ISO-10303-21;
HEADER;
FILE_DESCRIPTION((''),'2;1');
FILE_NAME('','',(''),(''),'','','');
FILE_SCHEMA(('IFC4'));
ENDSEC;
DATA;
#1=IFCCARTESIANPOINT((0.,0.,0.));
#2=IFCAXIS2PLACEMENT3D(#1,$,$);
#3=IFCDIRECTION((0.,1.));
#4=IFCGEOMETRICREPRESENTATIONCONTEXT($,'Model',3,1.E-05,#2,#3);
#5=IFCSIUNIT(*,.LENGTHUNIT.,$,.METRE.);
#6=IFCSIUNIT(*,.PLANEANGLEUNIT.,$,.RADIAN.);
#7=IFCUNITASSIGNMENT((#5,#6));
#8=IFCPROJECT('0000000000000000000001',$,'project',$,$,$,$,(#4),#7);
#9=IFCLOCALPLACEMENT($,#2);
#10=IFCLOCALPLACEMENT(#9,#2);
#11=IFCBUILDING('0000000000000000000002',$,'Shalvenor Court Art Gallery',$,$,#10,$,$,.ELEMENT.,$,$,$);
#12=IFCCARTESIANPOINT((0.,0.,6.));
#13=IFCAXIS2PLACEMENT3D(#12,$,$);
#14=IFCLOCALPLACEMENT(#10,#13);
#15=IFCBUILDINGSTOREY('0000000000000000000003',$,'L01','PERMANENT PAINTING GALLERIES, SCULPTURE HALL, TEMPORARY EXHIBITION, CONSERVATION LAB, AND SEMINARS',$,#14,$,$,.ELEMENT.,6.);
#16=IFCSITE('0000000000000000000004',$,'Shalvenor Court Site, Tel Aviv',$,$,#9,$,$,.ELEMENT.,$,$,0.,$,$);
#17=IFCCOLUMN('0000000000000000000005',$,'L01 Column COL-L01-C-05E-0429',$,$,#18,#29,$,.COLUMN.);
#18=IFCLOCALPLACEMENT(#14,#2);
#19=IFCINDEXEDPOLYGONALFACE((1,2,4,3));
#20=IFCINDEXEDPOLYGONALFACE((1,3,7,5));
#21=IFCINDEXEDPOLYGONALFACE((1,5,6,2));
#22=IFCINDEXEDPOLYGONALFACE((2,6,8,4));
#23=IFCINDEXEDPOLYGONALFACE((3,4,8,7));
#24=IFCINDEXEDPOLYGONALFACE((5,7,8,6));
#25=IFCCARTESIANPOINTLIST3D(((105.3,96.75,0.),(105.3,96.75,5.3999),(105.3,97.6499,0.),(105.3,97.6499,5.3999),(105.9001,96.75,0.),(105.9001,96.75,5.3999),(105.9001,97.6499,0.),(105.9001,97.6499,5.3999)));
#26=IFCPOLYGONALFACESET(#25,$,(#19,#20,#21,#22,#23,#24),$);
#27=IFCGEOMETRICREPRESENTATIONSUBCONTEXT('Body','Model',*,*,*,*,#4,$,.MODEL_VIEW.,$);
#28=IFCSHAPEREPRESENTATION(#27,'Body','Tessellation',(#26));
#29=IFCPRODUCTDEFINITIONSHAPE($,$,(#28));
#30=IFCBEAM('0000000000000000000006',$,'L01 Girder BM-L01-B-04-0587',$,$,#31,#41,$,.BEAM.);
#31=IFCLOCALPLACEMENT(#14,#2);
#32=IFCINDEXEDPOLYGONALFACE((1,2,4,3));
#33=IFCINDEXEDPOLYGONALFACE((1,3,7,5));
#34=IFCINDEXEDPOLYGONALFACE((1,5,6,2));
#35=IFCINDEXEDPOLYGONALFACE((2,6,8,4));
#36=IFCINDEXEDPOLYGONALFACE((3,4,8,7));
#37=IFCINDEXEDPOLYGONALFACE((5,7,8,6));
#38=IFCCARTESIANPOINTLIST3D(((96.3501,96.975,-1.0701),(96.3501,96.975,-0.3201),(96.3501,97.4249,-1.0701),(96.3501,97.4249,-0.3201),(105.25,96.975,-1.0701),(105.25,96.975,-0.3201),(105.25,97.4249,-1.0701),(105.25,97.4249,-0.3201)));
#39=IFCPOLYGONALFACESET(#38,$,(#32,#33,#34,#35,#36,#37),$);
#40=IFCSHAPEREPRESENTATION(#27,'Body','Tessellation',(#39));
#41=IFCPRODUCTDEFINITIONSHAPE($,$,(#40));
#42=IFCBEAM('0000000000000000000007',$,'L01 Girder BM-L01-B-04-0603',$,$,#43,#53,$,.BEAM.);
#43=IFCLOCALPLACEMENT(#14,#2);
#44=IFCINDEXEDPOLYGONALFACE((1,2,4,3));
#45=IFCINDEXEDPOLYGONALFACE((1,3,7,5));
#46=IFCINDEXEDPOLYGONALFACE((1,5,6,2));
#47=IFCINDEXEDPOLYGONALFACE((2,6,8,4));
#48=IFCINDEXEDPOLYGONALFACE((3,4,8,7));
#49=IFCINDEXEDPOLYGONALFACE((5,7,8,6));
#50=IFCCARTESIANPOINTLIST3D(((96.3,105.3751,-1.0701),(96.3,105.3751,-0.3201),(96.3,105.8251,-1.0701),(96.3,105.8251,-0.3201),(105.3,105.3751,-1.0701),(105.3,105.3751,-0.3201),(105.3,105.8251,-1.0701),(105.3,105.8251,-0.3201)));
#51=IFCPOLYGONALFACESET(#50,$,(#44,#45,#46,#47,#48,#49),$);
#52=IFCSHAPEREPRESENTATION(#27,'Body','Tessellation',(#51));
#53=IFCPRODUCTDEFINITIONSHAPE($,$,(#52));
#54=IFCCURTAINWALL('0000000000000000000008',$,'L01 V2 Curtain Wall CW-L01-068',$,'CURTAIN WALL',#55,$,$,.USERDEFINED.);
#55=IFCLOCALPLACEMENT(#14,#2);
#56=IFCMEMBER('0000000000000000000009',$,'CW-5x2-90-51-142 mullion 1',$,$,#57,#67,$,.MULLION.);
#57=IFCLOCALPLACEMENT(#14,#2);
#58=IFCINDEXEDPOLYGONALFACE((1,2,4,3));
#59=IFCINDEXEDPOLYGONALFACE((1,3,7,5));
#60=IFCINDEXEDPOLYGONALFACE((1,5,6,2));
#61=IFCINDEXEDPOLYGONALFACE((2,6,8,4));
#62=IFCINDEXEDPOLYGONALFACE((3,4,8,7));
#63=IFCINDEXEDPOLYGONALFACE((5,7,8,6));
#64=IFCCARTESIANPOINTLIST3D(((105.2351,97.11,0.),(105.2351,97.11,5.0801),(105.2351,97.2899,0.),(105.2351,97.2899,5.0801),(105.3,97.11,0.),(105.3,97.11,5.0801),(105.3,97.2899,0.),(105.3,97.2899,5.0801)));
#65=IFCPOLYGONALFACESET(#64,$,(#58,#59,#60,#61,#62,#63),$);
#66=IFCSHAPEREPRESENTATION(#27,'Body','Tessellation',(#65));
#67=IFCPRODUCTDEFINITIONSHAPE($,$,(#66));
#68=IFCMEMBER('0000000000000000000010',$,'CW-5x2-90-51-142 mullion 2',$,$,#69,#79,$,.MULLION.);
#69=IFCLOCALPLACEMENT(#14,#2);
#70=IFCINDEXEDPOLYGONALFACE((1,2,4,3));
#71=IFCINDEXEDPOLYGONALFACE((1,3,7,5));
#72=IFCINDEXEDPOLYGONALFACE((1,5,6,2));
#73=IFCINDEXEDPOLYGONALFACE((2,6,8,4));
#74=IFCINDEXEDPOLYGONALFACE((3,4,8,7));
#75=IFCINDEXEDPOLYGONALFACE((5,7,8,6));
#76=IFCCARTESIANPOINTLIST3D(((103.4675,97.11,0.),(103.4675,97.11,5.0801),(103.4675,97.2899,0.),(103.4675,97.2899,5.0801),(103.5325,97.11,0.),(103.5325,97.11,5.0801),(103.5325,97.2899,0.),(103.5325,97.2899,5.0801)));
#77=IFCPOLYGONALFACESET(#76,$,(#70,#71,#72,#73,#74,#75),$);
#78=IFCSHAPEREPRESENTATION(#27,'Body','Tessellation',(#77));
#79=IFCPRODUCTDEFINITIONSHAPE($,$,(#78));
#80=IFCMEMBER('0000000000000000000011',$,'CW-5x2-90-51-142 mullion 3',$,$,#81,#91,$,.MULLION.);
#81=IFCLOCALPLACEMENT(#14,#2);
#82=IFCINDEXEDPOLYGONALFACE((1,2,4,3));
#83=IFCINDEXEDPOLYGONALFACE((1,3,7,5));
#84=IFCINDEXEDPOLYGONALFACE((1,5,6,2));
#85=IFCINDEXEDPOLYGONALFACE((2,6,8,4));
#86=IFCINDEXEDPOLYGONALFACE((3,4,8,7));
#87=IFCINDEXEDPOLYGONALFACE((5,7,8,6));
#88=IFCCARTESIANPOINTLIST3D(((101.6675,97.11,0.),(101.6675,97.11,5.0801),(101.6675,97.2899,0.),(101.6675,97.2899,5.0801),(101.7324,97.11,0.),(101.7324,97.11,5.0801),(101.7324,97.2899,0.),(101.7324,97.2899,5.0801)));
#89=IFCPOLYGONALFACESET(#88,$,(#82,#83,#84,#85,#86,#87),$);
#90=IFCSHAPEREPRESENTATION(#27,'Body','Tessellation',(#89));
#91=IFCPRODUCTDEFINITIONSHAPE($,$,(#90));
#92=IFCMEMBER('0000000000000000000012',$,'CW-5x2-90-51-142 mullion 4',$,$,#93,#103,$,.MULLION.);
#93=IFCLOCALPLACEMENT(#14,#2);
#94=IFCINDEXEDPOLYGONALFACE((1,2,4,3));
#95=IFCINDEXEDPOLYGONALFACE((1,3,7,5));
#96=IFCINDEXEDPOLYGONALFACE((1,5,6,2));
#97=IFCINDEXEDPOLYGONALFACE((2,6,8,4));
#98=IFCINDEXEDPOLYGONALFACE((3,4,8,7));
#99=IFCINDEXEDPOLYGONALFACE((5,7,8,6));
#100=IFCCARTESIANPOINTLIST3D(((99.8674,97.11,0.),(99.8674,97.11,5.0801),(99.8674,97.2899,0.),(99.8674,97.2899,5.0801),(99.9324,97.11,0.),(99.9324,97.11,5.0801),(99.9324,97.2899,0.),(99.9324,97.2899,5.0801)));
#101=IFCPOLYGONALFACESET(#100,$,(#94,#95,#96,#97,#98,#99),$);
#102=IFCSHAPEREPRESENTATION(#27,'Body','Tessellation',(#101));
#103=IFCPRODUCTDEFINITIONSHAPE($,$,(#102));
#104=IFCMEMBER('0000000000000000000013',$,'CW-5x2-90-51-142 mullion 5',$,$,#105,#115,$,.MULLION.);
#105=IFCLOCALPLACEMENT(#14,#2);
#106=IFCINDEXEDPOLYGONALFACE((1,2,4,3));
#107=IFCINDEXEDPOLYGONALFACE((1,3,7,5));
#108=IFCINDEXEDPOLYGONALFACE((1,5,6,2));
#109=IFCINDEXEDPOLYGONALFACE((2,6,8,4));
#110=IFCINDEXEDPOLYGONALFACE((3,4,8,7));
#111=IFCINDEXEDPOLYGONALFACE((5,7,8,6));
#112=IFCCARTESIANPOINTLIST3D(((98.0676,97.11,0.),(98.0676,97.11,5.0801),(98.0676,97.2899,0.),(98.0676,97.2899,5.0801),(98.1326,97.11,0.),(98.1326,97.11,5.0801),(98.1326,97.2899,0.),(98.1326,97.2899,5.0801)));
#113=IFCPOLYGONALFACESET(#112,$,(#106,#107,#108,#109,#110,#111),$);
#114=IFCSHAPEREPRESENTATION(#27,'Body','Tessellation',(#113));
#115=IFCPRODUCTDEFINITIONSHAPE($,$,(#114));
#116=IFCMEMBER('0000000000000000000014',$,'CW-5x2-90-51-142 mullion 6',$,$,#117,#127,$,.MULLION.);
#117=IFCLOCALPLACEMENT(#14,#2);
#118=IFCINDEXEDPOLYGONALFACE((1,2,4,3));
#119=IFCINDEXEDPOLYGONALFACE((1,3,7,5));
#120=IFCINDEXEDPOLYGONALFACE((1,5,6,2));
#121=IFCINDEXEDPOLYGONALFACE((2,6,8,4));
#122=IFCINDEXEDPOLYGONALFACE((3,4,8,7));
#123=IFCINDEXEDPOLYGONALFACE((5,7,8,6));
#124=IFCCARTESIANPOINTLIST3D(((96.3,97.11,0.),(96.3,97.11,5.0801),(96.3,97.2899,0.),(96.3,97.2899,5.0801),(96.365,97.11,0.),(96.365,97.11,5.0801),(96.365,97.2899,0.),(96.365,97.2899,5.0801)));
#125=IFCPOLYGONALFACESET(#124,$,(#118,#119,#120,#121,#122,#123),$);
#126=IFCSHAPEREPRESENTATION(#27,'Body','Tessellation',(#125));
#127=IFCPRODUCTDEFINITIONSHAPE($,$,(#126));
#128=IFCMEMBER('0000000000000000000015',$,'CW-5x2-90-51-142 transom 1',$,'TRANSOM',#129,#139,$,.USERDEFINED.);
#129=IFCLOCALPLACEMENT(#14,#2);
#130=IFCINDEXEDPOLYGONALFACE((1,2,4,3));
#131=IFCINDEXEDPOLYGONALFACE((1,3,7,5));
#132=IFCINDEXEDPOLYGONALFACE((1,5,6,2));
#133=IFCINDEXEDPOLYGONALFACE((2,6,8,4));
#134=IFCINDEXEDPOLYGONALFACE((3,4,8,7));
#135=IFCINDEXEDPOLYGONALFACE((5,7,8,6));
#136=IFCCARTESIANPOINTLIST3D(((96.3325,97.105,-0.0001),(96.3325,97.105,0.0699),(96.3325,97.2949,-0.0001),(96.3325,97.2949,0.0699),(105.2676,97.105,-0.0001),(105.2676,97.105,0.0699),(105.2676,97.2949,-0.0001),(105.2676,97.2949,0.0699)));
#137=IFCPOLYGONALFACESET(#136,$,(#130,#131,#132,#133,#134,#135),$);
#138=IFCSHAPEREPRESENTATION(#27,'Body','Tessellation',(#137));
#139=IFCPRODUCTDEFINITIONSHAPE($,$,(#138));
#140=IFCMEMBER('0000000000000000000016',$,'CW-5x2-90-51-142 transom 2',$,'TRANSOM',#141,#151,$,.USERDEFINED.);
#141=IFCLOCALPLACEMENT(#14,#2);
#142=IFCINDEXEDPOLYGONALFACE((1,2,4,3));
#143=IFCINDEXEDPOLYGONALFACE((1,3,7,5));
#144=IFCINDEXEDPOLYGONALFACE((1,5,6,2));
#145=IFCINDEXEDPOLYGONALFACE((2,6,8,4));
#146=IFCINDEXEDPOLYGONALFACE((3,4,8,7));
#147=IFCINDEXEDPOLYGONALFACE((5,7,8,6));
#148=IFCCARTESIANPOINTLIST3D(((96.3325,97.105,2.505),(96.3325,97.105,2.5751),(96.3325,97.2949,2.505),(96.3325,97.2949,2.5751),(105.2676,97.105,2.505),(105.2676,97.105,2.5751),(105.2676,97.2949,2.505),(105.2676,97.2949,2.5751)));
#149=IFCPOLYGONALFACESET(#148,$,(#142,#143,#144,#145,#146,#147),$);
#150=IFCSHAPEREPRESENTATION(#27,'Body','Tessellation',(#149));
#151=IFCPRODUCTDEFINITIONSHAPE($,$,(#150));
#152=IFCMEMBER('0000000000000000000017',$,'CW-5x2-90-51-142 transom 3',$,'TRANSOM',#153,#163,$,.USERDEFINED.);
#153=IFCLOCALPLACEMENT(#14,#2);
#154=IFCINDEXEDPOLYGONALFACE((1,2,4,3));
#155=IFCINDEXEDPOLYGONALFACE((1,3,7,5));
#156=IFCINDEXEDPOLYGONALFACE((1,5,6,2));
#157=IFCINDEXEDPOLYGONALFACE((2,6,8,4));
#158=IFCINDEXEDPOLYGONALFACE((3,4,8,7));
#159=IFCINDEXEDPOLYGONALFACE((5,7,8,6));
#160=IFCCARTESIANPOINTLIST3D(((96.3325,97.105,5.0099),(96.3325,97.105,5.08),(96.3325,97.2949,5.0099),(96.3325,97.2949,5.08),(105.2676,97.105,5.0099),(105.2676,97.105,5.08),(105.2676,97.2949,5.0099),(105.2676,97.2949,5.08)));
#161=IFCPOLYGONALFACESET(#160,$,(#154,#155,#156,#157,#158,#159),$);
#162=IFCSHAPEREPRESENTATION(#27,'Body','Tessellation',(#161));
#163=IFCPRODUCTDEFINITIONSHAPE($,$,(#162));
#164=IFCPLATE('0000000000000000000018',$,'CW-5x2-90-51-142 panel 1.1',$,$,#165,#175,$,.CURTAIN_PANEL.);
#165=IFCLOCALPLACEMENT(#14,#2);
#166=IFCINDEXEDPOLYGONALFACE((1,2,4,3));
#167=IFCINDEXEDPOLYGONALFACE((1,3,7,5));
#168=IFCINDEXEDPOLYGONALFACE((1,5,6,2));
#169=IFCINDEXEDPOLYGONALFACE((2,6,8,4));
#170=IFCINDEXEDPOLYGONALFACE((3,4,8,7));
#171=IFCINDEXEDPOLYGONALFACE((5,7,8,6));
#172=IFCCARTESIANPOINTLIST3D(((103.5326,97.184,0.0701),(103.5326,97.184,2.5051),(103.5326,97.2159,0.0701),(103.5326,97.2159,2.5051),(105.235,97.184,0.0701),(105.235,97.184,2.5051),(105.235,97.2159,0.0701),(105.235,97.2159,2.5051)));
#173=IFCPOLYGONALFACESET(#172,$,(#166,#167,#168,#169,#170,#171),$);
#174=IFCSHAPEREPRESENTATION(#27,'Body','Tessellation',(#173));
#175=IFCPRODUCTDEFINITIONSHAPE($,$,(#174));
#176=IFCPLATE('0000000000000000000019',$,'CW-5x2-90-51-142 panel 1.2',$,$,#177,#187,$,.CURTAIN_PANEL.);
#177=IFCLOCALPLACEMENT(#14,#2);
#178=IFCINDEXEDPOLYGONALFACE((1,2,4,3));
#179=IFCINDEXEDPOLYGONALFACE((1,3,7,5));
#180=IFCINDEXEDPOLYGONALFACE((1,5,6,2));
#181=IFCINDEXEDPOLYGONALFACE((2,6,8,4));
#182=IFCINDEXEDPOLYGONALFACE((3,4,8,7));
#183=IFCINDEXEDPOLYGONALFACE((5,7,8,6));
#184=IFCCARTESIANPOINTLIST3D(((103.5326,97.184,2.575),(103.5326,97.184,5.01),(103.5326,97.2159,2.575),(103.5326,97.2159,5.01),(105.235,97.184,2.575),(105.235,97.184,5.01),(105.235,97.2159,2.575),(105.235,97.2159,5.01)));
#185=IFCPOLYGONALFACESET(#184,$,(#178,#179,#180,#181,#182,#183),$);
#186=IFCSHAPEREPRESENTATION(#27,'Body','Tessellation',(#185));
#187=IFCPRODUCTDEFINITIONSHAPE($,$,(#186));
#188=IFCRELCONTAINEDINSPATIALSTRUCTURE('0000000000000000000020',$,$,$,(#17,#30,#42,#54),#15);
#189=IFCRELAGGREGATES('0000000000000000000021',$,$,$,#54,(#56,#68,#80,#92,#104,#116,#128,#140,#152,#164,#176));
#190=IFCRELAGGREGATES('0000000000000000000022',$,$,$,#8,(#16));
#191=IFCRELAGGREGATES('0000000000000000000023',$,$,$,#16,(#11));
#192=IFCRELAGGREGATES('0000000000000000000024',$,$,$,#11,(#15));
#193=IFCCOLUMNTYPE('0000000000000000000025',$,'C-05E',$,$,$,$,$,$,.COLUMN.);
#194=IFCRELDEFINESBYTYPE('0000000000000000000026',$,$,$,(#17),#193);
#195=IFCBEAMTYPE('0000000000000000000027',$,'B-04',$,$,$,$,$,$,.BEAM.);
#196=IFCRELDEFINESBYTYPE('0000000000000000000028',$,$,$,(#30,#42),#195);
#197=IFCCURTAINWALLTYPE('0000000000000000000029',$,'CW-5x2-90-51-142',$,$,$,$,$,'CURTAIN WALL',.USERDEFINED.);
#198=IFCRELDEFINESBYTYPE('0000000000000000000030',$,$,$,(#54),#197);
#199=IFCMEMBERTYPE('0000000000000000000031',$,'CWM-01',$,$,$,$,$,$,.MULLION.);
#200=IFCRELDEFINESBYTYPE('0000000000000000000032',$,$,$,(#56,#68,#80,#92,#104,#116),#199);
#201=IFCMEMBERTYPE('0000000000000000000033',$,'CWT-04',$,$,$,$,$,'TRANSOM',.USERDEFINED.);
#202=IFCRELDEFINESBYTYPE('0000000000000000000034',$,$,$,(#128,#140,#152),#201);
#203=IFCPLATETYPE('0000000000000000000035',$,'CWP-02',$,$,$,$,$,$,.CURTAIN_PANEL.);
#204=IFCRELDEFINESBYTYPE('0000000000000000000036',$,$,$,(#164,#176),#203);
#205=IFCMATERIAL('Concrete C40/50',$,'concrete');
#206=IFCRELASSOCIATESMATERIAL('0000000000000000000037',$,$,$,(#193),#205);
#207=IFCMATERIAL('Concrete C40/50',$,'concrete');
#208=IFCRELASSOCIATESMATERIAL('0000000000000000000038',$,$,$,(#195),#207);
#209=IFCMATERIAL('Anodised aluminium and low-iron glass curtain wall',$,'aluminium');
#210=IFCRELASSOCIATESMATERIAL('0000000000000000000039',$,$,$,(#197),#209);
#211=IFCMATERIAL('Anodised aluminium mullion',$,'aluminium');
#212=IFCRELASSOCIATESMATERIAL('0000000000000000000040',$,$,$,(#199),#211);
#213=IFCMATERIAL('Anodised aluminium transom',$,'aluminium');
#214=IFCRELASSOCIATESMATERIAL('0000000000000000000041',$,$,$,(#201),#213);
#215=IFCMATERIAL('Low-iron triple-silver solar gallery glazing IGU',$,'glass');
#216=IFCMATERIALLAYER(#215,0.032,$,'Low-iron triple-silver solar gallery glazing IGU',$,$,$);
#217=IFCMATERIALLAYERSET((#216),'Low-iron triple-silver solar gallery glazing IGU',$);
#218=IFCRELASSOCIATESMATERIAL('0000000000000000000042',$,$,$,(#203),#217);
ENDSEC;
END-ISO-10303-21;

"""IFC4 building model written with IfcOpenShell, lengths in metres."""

from ifc_helpers import new_model, si_unit, direction, frame, origin, origin_2d, place, context, subcontext, project, spatial, rectangle, extrude, material, layer, layer_set, material_profile, profile_set, type_object, element, aggregate, save


model = new_model("IFC4")

# Units and contexts
model_context = context("Model", 3, precision=1e-05, world=origin(), true_north=direction((0.0, 1.0)))
body_context = subcontext(model_context, "Body", "Model", "MODEL_VIEW")
ifc_project = project(units=[si_unit("LENGTHUNIT", "METRE"), si_unit("PLANEANGLEUNIT", "RADIAN")], contexts=[model_context])

# Site, building, storey
site_placement = place(None, origin())
site = spatial("IfcSite", under=ifc_project, at=site_placement, Name="Shalvenor Court Site, Tel Aviv", CompositionType="ELEMENT", RefElevation=0.0)
building_placement = place(site_placement, origin())
building = spatial("IfcBuilding", under=site, at=building_placement, Name="Shalvenor Court Art Gallery", CompositionType="ELEMENT")
storey_placement = place(building_placement, frame((0.0, 0.0, 6.0)))
storey = spatial("IfcBuildingStorey", under=building, at=storey_placement, Name="L01", Description="PERMANENT PAINTING GALLERIES, SCULPTURE HALL, TEMPORARY EXHIBITION, CONSERVATION LAB, AND SEMINARS", CompositionType="ELEMENT", Elevation=6.0)

# Column
ifc_material_1 = material(Name="Concrete C40/50", Category="concrete")
ifc_material_profile_1 = material_profile(ifc_material_1, rectangle(XDim=0.6001, YDim=0.8999, at=origin_2d()), Name="RC 600x900")
ifc_profile_set_1 = profile_set([ifc_material_profile_1], Name="Concrete C40/50")
column_type = type_object("IfcColumnType", Name="C-05E", PredefinedType="COLUMN", material=ifc_profile_set_1)
column_placement = place(storey_placement, frame((105.6001, 97.2, 0.0), z_axis=(0.0, 0.0, 1.0), x_axis=(1.0, 0.0, 0.0)))
element("IfcColumn", 1, at=column_placement, inside=storey, type_object=column_type, Name="L01 Column COL-L01-C-05E-0429", PredefinedType="COLUMN", context=body_context, shape_type="SweptSolid", body=[
    extrude(rectangle(XDim=0.6001, YDim=0.8999, at=origin_2d()), origin(), (0.0, 0.0, 1.0), 5.3999),
])

# Beams
ifc_material_2 = material(Name="Concrete C40/50", Category="concrete")
ifc_material_profile_2 = material_profile(ifc_material_2, rectangle(XDim=0.45, YDim=0.75, at=origin_2d()), Name="RC 450x750")
ifc_profile_set_2 = profile_set([ifc_material_profile_2], Name="Concrete C40/50")
beam_type = type_object("IfcBeamType", Name="B-04", PredefinedType="BEAM", material=ifc_profile_set_2)
beam_1_placement = place(storey_placement, frame((96.3501, 97.2, -0.6951), z_axis=(1.0, 0.0, 0.0), x_axis=(0.0, 1.0, 0.0)))
element("IfcBeam", 2, at=beam_1_placement, inside=storey, type_object=beam_type, Name="L01 Girder BM-L01-B-04-0587", PredefinedType="BEAM", context=body_context, shape_type="SweptSolid", body=[
    extrude(rectangle(XDim=0.45, YDim=0.75, at=origin_2d()), origin(), (0.0, 0.0, 1.0), 8.8999),
])
beam_2_placement = place(storey_placement, frame((96.3, 105.6001, -0.6951), z_axis=(1.0, 0.0, 0.0), x_axis=(0.0, 1.0, 0.0)))
element("IfcBeam", 3, at=beam_2_placement, inside=storey, type_object=beam_type, Name="L01 Girder BM-L01-B-04-0603", PredefinedType="BEAM", context=body_context, shape_type="SweptSolid", body=[
    extrude(rectangle(XDim=0.45, YDim=0.75, at=origin_2d()), origin(), (0.0, 0.0, 1.0), 9.0),
])

# Curtain wall, members, plates
ifc_material_3 = material(Name="Anodised aluminium and low-iron glass curtain wall", Category="aluminium")
curtain_wall_type = type_object("IfcCurtainWallType", Name="CW-5x2-90-51-142", ElementType="CURTAIN WALL", PredefinedType="USERDEFINED", material=ifc_material_3)
curtain_wall_placement = place(storey_placement, origin())
curtain_wall = element("IfcCurtainWall", 4, at=curtain_wall_placement, inside=storey, type_object=curtain_wall_type, Name="L01 V2 Curtain Wall CW-L01-068", ObjectType="CURTAIN WALL", PredefinedType="USERDEFINED")
ifc_material_4 = material(Name="Anodised aluminium mullion", Category="aluminium")
ifc_material_profile_3 = material_profile(ifc_material_4, rectangle(XDim=0.0649, YDim=0.1799, at=origin_2d()), Name="CWM-01")
ifc_profile_set_3 = profile_set([ifc_material_profile_3], Name="Anodised aluminium mullion")
member_type_1 = type_object("IfcMemberType", Name="CWM-01", PredefinedType="MULLION", material=ifc_profile_set_3)
member_1_placement = place(storey_placement, frame((105.2676, 97.2, 0.0), z_axis=(0.0, 0.0, 1.0), x_axis=(-1.0, 0.0, 0.0)))
member_1 = element("IfcMember", 5, at=member_1_placement, type_object=member_type_1, Name="CW-5x2-90-51-142 mullion 1", PredefinedType="MULLION", context=body_context, shape_type="SweptSolid", body=[
    extrude(rectangle(XDim=0.0649, YDim=0.1799, at=origin_2d()), origin(), (0.0, 0.0, 1.0), 5.0801),
])
member_2_placement = place(storey_placement, frame((103.5, 97.2, 0.0), z_axis=(0.0, 0.0, 1.0), x_axis=(-1.0, 0.0, 0.0)))
member_2 = element("IfcMember", 6, at=member_2_placement, type_object=member_type_1, Name="CW-5x2-90-51-142 mullion 2", PredefinedType="MULLION", context=body_context, shape_type="SweptSolid", body=[
    extrude(rectangle(XDim=0.0649, YDim=0.1799, at=origin_2d()), origin(), (0.0, 0.0, 1.0), 5.0801),
])
member_3_placement = place(storey_placement, frame((101.7, 97.2, 0.0), z_axis=(0.0, 0.0, 1.0), x_axis=(-1.0, 0.0, 0.0)))
member_3 = element("IfcMember", 7, at=member_3_placement, type_object=member_type_1, Name="CW-5x2-90-51-142 mullion 3", PredefinedType="MULLION", context=body_context, shape_type="SweptSolid", body=[
    extrude(rectangle(XDim=0.0649, YDim=0.1799, at=origin_2d()), origin(), (0.0, 0.0, 1.0), 5.0801),
])
member_4_placement = place(storey_placement, frame((99.8999, 97.2, 0.0), z_axis=(0.0, 0.0, 1.0), x_axis=(-1.0, 0.0, 0.0)))
member_4 = element("IfcMember", 8, at=member_4_placement, type_object=member_type_1, Name="CW-5x2-90-51-142 mullion 4", PredefinedType="MULLION", context=body_context, shape_type="SweptSolid", body=[
    extrude(rectangle(XDim=0.0649, YDim=0.1799, at=origin_2d()), origin(), (0.0, 0.0, 1.0), 5.0801),
])
member_5_placement = place(storey_placement, frame((98.1001, 97.2, 0.0), z_axis=(0.0, 0.0, 1.0), x_axis=(-1.0, 0.0, 0.0)))
member_5 = element("IfcMember", 9, at=member_5_placement, type_object=member_type_1, Name="CW-5x2-90-51-142 mullion 5", PredefinedType="MULLION", context=body_context, shape_type="SweptSolid", body=[
    extrude(rectangle(XDim=0.0649, YDim=0.1799, at=origin_2d()), origin(), (0.0, 0.0, 1.0), 5.0801),
])
member_6_placement = place(storey_placement, frame((96.3325, 97.2, 0.0), z_axis=(0.0, 0.0, 1.0), x_axis=(-1.0, 0.0, 0.0)))
member_6 = element("IfcMember", 10, at=member_6_placement, type_object=member_type_1, Name="CW-5x2-90-51-142 mullion 6", PredefinedType="MULLION", context=body_context, shape_type="SweptSolid", body=[
    extrude(rectangle(XDim=0.0649, YDim=0.1799, at=origin_2d()), origin(), (0.0, 0.0, 1.0), 5.0801),
])
ifc_material_5 = material(Name="Anodised aluminium transom", Category="aluminium")
ifc_material_profile_4 = material_profile(ifc_material_5, rectangle(XDim=0.1899, YDim=0.0701, at=origin_2d()), Name="CWT-04")
ifc_profile_set_4 = profile_set([ifc_material_profile_4], Name="Anodised aluminium transom")
member_type_2 = type_object("IfcMemberType", Name="CWT-04", ElementType="TRANSOM", PredefinedType="USERDEFINED", material=ifc_profile_set_4)
member_7_placement = place(storey_placement, frame((105.2676, 97.2, 0.0349), z_axis=(-1.0, 0.0, 0.0), x_axis=(0.0, -1.0, 0.0)))
member_7 = element("IfcMember", 11, at=member_7_placement, type_object=member_type_2, Name="CW-5x2-90-51-142 transom 1", ObjectType="TRANSOM", PredefinedType="USERDEFINED", context=body_context, shape_type="SweptSolid", body=[
    extrude(rectangle(XDim=0.1899, YDim=0.0701, at=origin_2d()), origin(), (0.0, 0.0, 1.0), 8.9351),
])
member_8_placement = place(storey_placement, frame((105.2676, 97.2, 2.54), z_axis=(-1.0, 0.0, 0.0), x_axis=(0.0, -1.0, 0.0)))
member_8 = element("IfcMember", 12, at=member_8_placement, type_object=member_type_2, Name="CW-5x2-90-51-142 transom 2", ObjectType="TRANSOM", PredefinedType="USERDEFINED", context=body_context, shape_type="SweptSolid", body=[
    extrude(rectangle(XDim=0.1899, YDim=0.0701, at=origin_2d()), origin(), (0.0, 0.0, 1.0), 8.9351),
])
member_9_placement = place(storey_placement, frame((105.2676, 97.2, 5.0449), z_axis=(-1.0, 0.0, 0.0), x_axis=(0.0, -1.0, 0.0)))
member_9 = element("IfcMember", 13, at=member_9_placement, type_object=member_type_2, Name="CW-5x2-90-51-142 transom 3", ObjectType="TRANSOM", PredefinedType="USERDEFINED", context=body_context, shape_type="SweptSolid", body=[
    extrude(rectangle(XDim=0.1899, YDim=0.0701, at=origin_2d()), origin(), (0.0, 0.0, 1.0), 8.9351),
])
ifc_material_6 = material(Name="Low-iron triple-silver solar gallery glazing IGU", Category="glass")
ifc_layer_1 = layer(ifc_material_6, 0.032, Name="Low-iron triple-silver solar gallery glazing IGU")
ifc_layer_set_1 = layer_set([ifc_layer_1], Name="Low-iron triple-silver solar gallery glazing IGU")
plate_type_1 = type_object("IfcPlateType", Name="CWP-02", PredefinedType="CURTAIN_PANEL", material=ifc_layer_set_1)
plate_1_placement = place(storey_placement, frame((104.3838, 97.2, 0.0701), z_axis=(0.0, 0.0, 1.0), x_axis=(-1.0, 0.0, 0.0)))
plate_1 = element("IfcPlate", 14, at=plate_1_placement, type_object=plate_type_1, Name="CW-5x2-90-51-142 panel 1.1", PredefinedType="CURTAIN_PANEL", context=body_context, shape_type="SweptSolid", body=[
    extrude(rectangle(XDim=1.7024, YDim=0.032, at=origin_2d()), origin(), (0.0, 0.0, 1.0), 2.4351),
])
plate_2_placement = place(storey_placement, frame((104.3838, 97.2, 2.575), z_axis=(0.0, 0.0, 1.0), x_axis=(-1.0, 0.0, 0.0)))
plate_2 = element("IfcPlate", 15, at=plate_2_placement, type_object=plate_type_1, Name="CW-5x2-90-51-142 panel 1.2", PredefinedType="CURTAIN_PANEL", context=body_context, shape_type="SweptSolid", body=[
    extrude(rectangle(XDim=1.7024, YDim=0.032, at=origin_2d()), origin(), (0.0, 0.0, 1.0), 2.4351),
])
aggregate(curtain_wall, [member_1, member_2, member_3, member_4, member_5, member_6, member_7, member_8, member_9, plate_1, plate_2])

save(model, "model.ifc")
